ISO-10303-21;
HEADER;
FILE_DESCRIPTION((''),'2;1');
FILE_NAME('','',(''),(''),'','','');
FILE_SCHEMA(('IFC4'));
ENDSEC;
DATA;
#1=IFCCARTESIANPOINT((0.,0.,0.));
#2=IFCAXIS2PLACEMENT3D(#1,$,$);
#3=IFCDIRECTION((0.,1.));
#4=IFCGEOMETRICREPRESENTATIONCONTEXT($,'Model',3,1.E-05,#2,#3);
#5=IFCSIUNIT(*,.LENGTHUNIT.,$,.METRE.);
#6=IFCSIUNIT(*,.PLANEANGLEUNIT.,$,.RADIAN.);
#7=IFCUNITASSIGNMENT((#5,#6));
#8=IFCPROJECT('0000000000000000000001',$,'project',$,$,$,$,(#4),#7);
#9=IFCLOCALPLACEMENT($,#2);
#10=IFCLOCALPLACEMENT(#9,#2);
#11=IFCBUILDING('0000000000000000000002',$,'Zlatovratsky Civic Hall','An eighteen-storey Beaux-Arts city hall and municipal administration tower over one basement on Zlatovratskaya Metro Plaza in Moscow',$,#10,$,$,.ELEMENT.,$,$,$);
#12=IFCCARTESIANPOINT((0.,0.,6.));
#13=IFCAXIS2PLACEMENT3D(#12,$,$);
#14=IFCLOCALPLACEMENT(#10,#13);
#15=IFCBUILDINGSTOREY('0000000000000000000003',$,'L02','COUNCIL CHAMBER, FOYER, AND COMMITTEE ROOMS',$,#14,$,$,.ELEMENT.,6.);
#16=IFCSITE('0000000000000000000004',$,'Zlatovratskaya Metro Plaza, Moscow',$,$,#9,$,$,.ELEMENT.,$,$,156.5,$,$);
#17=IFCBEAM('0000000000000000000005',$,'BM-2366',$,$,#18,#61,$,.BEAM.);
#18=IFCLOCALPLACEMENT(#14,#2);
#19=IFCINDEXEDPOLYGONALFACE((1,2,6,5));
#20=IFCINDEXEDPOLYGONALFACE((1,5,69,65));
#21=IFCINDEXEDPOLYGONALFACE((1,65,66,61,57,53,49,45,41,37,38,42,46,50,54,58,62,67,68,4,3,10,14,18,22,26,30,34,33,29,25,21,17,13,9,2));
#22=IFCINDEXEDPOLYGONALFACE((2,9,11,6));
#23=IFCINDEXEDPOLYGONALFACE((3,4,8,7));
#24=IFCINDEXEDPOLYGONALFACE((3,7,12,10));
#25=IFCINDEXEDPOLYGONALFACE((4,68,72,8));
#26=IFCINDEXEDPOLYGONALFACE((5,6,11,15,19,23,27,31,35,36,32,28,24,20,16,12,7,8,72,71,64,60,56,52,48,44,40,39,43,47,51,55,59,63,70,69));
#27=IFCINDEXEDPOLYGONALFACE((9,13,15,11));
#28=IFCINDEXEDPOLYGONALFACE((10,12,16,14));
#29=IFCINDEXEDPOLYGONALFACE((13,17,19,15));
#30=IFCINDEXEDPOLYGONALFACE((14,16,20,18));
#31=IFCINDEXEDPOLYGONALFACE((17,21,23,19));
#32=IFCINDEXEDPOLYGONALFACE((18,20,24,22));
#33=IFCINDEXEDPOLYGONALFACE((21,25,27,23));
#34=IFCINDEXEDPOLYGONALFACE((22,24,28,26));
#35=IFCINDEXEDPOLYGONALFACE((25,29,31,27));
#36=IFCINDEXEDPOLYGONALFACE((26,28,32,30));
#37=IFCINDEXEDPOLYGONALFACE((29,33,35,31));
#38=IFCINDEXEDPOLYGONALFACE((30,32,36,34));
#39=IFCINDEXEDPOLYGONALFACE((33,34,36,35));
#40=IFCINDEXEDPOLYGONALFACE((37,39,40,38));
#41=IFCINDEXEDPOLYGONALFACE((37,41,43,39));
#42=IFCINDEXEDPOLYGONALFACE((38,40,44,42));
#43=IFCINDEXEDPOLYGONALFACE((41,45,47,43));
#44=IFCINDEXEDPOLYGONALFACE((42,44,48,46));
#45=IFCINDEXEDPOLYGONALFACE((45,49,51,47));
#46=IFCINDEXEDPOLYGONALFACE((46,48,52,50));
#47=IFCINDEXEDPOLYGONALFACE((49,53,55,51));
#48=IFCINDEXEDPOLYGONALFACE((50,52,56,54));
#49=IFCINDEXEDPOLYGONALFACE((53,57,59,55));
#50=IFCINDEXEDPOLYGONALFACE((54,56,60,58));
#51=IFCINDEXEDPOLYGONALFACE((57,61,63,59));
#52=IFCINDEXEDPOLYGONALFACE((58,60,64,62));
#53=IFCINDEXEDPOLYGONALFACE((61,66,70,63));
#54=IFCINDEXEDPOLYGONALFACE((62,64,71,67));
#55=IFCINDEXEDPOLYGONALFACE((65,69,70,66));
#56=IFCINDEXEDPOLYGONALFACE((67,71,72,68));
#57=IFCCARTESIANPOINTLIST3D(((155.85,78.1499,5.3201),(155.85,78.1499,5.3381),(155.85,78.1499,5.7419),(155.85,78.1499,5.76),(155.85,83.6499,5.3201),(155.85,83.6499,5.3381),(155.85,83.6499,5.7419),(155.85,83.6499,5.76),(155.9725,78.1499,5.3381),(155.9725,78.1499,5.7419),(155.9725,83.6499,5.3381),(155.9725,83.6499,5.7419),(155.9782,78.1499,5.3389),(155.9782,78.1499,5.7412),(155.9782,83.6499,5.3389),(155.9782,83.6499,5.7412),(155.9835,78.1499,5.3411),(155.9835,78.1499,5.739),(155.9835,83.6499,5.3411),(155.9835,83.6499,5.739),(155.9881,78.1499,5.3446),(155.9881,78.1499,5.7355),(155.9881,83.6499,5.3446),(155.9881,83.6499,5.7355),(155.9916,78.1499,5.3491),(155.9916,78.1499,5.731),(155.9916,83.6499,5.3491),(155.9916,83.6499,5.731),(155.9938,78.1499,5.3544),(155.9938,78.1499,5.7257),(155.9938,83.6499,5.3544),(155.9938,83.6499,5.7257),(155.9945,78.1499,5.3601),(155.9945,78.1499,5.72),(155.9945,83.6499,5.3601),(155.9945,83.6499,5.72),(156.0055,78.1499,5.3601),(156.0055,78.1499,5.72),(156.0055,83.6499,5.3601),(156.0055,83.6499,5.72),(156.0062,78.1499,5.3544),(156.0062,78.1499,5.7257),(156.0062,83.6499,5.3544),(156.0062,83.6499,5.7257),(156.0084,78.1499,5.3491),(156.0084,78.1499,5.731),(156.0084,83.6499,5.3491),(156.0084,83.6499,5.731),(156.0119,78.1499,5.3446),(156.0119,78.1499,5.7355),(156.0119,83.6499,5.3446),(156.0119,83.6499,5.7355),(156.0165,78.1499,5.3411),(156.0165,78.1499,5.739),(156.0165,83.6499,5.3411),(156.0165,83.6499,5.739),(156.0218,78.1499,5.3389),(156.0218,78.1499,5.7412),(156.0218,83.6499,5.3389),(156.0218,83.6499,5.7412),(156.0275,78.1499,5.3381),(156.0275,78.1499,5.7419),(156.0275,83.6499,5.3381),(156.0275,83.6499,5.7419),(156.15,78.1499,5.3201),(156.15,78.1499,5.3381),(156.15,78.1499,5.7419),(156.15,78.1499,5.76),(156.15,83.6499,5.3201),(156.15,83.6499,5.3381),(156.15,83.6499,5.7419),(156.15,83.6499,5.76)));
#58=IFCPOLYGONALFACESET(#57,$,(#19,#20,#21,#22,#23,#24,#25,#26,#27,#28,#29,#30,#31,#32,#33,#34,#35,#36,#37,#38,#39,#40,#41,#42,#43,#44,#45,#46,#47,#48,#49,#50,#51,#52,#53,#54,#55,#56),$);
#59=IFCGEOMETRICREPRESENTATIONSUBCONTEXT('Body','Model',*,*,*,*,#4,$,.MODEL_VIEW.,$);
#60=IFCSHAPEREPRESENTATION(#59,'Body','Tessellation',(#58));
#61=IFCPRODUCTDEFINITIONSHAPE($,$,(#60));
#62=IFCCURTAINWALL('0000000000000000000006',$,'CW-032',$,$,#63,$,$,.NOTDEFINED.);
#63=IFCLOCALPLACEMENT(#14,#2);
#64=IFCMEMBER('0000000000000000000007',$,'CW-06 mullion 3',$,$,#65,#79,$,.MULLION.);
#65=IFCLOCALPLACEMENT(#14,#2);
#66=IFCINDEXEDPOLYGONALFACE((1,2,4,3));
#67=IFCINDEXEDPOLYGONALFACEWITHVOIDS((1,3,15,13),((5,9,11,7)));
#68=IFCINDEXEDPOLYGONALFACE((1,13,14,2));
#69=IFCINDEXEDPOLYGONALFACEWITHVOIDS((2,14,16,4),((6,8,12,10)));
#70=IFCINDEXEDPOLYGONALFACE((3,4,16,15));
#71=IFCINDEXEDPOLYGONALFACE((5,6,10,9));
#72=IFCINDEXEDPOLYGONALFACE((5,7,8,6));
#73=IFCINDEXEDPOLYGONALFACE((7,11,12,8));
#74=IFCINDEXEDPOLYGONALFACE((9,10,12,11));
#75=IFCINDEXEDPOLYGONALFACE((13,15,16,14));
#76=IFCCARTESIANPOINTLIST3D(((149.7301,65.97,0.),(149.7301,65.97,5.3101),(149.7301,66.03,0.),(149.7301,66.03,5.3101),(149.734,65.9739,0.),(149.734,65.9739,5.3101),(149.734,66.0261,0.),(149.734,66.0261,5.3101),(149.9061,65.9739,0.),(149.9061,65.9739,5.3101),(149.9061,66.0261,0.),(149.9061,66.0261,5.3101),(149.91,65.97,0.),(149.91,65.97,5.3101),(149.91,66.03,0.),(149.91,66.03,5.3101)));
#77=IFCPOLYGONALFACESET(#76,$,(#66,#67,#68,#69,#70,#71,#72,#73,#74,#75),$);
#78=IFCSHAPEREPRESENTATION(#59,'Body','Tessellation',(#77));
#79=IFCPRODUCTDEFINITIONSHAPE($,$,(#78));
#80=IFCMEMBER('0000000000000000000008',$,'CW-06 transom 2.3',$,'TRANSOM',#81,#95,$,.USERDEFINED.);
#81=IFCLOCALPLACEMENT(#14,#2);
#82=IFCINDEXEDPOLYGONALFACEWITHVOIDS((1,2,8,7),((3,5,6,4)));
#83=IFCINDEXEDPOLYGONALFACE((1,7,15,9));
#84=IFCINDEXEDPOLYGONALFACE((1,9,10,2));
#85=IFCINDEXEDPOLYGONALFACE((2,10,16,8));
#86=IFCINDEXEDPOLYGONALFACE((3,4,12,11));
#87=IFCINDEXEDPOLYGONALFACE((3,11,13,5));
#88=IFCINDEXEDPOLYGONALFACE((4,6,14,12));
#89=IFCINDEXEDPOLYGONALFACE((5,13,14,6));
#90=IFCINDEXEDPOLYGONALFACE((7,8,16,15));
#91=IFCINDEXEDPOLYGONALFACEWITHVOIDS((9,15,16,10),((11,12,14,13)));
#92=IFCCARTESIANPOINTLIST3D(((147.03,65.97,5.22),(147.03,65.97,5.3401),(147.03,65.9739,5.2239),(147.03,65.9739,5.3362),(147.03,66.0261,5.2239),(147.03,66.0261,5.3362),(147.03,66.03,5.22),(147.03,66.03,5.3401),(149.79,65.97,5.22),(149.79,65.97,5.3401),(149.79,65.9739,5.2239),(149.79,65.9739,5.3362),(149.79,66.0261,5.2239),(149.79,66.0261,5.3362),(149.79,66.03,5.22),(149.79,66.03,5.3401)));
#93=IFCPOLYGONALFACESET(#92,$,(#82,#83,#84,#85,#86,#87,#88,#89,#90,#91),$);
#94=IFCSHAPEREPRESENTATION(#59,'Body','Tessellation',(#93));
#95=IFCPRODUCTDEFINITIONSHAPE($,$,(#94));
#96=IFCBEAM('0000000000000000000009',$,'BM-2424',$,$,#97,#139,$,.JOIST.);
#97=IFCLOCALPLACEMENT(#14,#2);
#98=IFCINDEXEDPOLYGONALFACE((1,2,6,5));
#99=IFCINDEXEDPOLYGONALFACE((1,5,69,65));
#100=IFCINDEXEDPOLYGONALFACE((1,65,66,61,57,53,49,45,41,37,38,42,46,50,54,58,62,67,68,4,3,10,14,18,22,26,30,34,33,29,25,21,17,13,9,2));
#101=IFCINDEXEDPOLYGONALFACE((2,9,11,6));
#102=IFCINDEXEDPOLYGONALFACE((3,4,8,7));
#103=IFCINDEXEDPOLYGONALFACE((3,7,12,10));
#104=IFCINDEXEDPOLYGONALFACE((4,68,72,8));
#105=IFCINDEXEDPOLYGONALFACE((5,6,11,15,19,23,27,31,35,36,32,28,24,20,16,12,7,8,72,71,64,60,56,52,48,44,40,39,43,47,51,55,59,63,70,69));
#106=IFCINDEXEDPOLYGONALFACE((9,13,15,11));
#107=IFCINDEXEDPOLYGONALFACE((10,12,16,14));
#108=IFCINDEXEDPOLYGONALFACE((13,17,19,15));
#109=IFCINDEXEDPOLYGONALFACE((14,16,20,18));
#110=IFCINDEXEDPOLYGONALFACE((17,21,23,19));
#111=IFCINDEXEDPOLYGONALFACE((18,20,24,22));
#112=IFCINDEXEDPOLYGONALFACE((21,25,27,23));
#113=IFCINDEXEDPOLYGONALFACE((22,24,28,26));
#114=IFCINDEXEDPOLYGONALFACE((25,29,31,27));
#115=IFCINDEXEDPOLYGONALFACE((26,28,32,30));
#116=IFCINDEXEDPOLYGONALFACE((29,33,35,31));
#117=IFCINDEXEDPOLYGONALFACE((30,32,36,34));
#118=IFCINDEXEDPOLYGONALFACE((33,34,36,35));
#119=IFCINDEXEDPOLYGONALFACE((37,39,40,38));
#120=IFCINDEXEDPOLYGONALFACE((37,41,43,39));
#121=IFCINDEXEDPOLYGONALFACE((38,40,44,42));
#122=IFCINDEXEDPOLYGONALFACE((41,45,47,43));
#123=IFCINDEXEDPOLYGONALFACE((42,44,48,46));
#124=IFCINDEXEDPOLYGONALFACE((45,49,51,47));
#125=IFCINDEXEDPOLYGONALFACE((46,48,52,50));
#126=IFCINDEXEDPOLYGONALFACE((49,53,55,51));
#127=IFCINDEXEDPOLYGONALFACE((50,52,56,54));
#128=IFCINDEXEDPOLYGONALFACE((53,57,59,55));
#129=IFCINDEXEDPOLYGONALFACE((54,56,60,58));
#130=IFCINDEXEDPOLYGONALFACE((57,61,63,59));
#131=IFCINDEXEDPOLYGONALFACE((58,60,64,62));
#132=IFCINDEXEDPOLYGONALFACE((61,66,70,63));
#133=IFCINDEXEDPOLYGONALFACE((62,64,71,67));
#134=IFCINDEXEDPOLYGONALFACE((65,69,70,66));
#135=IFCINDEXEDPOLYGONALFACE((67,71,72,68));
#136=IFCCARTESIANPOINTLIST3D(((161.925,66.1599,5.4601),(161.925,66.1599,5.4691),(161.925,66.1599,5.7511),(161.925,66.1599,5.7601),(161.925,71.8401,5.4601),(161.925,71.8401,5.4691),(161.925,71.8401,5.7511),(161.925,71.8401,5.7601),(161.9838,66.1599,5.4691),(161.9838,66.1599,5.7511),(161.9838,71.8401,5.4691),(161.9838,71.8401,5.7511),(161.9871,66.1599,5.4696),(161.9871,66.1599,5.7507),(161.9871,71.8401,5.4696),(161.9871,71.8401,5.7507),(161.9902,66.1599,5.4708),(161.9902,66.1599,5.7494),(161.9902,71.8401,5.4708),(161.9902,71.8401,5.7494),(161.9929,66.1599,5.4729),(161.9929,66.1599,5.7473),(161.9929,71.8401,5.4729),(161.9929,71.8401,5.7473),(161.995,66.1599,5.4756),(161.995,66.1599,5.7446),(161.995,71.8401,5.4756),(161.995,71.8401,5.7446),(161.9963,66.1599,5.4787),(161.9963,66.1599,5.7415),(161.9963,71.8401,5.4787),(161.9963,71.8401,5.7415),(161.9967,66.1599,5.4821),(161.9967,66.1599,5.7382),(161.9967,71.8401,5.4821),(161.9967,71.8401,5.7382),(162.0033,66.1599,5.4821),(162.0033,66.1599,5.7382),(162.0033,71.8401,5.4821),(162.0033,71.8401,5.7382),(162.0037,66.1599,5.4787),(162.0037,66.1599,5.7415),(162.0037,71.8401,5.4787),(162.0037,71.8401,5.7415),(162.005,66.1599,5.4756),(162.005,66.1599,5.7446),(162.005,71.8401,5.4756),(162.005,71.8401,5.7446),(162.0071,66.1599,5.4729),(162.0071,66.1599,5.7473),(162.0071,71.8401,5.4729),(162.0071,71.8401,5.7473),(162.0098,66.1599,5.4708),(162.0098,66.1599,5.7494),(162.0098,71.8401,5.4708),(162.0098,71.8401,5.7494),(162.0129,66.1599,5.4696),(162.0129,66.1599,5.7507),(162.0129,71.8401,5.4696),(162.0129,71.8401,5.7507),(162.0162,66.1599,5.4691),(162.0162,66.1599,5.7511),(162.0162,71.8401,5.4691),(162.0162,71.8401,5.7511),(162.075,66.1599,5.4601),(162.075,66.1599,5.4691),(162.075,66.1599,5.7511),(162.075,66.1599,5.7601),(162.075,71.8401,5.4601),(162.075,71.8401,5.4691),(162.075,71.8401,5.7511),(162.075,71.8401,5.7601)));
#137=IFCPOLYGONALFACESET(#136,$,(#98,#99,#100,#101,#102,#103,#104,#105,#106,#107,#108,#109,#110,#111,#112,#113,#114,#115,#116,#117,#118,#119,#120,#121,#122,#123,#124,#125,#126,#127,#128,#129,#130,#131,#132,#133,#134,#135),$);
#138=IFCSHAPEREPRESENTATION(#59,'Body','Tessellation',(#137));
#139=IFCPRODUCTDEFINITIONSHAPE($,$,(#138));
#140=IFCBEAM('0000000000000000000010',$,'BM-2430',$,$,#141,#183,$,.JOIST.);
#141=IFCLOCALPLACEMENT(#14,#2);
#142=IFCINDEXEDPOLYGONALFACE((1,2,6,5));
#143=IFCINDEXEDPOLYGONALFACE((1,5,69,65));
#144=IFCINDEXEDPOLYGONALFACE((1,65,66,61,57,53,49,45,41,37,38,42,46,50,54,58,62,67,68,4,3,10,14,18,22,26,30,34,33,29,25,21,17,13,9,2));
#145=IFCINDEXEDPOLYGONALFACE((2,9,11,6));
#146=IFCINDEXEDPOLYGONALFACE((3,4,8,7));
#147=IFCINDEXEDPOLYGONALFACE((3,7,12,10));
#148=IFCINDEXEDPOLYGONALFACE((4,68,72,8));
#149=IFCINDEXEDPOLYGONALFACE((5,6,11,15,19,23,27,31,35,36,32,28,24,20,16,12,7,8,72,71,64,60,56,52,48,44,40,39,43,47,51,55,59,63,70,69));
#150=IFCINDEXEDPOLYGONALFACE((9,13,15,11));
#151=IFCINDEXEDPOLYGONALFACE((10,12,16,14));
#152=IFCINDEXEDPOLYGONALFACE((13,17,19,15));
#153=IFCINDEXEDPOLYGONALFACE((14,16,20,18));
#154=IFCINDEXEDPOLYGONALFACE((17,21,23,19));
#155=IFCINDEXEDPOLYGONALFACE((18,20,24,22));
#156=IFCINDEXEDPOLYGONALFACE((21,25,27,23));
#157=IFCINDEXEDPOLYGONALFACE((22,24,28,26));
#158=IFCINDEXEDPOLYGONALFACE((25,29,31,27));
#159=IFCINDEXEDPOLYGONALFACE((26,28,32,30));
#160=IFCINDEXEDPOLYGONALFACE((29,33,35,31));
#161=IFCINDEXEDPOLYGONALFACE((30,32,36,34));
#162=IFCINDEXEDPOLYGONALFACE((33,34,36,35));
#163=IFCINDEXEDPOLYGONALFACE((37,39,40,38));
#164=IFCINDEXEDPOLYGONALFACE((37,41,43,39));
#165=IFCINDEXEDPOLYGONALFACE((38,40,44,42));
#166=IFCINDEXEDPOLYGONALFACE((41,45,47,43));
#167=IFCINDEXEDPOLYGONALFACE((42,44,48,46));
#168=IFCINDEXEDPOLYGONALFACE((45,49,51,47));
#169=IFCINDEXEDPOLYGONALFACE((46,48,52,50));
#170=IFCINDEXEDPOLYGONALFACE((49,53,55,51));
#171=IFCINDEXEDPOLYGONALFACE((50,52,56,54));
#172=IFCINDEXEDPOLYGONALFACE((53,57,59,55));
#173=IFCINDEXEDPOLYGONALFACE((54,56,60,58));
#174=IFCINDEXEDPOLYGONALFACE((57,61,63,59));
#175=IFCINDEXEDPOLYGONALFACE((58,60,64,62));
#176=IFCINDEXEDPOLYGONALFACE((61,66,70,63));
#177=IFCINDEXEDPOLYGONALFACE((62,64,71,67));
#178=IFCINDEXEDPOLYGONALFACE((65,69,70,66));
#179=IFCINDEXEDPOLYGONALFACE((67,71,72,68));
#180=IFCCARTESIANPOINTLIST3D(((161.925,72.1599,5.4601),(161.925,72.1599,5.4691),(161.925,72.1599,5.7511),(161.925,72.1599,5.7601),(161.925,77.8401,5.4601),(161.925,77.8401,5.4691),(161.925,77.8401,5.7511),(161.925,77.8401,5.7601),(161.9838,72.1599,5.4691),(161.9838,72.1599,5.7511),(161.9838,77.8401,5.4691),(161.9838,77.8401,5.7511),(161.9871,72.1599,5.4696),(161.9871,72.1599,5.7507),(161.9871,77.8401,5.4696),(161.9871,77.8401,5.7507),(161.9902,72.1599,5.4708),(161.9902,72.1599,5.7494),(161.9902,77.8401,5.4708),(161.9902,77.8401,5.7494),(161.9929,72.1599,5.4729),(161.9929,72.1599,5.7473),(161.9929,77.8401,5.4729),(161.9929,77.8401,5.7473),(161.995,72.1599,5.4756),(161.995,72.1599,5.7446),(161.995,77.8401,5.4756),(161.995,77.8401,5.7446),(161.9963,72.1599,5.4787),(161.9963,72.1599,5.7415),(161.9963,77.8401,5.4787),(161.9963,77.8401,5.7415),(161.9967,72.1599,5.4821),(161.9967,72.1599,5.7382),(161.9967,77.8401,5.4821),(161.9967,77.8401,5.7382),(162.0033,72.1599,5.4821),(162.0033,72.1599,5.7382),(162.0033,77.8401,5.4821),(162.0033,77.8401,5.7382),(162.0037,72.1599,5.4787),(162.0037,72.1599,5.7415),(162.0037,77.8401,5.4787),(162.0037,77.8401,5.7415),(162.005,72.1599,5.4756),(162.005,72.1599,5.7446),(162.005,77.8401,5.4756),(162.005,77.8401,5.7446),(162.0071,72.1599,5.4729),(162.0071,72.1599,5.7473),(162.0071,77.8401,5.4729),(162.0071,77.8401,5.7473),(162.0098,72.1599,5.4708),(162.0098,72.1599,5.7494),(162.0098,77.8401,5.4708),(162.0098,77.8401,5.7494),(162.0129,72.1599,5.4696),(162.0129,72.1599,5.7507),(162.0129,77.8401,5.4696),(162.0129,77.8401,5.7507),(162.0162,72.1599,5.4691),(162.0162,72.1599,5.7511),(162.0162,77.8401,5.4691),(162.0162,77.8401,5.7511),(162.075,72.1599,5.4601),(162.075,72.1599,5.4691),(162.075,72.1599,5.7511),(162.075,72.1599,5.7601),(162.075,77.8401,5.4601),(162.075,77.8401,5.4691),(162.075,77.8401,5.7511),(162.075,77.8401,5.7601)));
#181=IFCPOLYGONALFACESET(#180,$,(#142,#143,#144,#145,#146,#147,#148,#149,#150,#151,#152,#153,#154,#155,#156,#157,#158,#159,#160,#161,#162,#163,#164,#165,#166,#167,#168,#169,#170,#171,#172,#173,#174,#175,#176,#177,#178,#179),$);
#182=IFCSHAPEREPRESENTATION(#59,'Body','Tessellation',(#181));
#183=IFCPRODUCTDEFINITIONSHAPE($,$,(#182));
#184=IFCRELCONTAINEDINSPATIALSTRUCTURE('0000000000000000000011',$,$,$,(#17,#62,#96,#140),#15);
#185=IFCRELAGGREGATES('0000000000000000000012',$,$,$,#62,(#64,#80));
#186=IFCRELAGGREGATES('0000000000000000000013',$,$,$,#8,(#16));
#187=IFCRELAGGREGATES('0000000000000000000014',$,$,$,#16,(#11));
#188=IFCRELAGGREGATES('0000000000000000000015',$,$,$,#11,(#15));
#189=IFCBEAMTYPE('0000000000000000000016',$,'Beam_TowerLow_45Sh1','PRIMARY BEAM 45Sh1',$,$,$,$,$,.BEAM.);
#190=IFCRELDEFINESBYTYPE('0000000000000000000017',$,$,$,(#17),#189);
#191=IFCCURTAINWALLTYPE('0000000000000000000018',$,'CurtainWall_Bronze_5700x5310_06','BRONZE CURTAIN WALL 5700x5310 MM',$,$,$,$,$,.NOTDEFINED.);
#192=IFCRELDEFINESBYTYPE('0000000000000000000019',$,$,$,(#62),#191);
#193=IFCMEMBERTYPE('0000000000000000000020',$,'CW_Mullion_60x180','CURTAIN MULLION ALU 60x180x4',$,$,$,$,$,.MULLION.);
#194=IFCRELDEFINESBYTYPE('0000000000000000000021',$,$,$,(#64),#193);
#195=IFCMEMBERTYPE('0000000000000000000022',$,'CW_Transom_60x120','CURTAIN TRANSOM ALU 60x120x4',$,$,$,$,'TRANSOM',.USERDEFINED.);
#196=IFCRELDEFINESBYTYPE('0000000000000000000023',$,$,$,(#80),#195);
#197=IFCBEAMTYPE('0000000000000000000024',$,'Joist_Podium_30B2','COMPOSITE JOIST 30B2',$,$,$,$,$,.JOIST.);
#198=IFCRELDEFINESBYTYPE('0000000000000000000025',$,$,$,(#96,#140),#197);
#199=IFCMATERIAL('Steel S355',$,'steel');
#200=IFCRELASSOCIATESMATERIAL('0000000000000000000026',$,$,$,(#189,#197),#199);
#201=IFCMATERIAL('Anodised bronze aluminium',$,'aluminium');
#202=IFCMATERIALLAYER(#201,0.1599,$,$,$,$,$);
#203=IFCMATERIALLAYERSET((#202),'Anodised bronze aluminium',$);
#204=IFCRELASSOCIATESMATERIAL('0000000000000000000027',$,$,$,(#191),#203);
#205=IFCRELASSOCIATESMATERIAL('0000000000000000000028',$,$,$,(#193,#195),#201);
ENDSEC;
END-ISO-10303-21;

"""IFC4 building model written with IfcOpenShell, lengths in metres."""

from ifc_helpers import new_model, si_unit, direction, frame, origin, origin_2d, place, context, subcontext, project, spatial, hollow_rectangle, i_section, extrude, material, layer, layer_set, material_profile, profile_set, type_object, element, aggregate, save


model = new_model("IFC4")

# Units and contexts
model_context = context("Model", 3, precision=1e-05, world=origin(), true_north=direction((0.0, 1.0)))
body_context = subcontext(model_context, "Body", "Model", "MODEL_VIEW")
ifc_project = project(units=[si_unit("LENGTHUNIT", "METRE"), si_unit("PLANEANGLEUNIT", "RADIAN")], contexts=[model_context])

# Site, building, storey
site_placement = place(None, origin())
site = spatial("IfcSite", under=ifc_project, at=site_placement, Name="Zlatovratskaya Metro Plaza, Moscow", CompositionType="ELEMENT", RefElevation=156.5)
building_placement = place(site_placement, origin())
building = spatial("IfcBuilding", under=site, at=building_placement, Name="Zlatovratsky Civic Hall", Description="An eighteen-storey Beaux-Arts city hall and municipal administration tower over one basement on Zlatovratskaya Metro Plaza in Moscow", CompositionType="ELEMENT")
storey_placement = place(building_placement, frame((0.0, 0.0, 6.0)))
storey = spatial("IfcBuildingStorey", under=building, at=storey_placement, Name="L02", Description="COUNCIL CHAMBER, FOYER, AND COMMITTEE ROOMS", CompositionType="ELEMENT", Elevation=6.0)

# Shared definitions
ifc_material_1 = material(Name="Steel S355", Category="steel")

# Beam
ifc_material_profile_1 = material_profile(ifc_material_1, i_section(OverallWidth=0.3, OverallDepth=0.4399, WebThickness=0.011, FlangeThickness=0.0181, FilletRadius=0.022, at=origin_2d()), Name="45Sh1")
ifc_profile_set_1 = profile_set([ifc_material_profile_1], Name="Steel S355")
beam_type_1 = type_object("IfcBeamType", Name="Beam_TowerLow_45Sh1", Description="PRIMARY BEAM 45Sh1", PredefinedType="BEAM", material=ifc_profile_set_1)
beam_1_placement = place(storey_placement, frame((156.0, 78.1499, 5.54), z_axis=(0.0, 1.0, 0.0), x_axis=(-1.0, 0.0, 0.0)))
element("IfcBeam", 1, at=beam_1_placement, inside=storey, type_object=beam_type_1, Name="BM-2366", PredefinedType="BEAM", context=body_context, shape_type="SweptSolid", body=[
    extrude(i_section(OverallWidth=0.3, OverallDepth=0.4399, WebThickness=0.011, FlangeThickness=0.0181, FilletRadius=0.022, at=origin_2d()), origin(), (0.0, 0.0, 1.0), 5.5),
])

# Curtain wall, members
ifc_material_2 = material(Name="Anodised bronze aluminium", Category="aluminium")
ifc_layer_1 = layer(ifc_material_2, 0.1599)
ifc_layer_set_1 = layer_set([ifc_layer_1], Name="Anodised bronze aluminium")
curtain_wall_type = type_object("IfcCurtainWallType", Name="CurtainWall_Bronze_5700x5310_06", Description="BRONZE CURTAIN WALL 5700x5310 MM", PredefinedType="NOTDEFINED", material=ifc_layer_set_1)
curtain_wall_placement = place(storey_placement, origin())
curtain_wall = element("IfcCurtainWall", 2, at=curtain_wall_placement, inside=storey, type_object=curtain_wall_type, Name="CW-032", PredefinedType="NOTDEFINED")
ifc_material_profile_2 = material_profile(ifc_material_2, hollow_rectangle(XDim=0.0601, YDim=0.1799, WallThickness=0.0039, at=origin_2d()), Name="ALU 60x180x4")
ifc_profile_set_2 = profile_set([ifc_material_profile_2], Name="Anodised bronze aluminium")
member_type_1 = type_object("IfcMemberType", Name="CW_Mullion_60x180", Description="CURTAIN MULLION ALU 60x180x4", PredefinedType="MULLION", material=ifc_profile_set_2)
member_1_placement = place(storey_placement, frame((149.8201, 66.0, 0.0), z_axis=(0.0, 0.0, 1.0), x_axis=(0.0, 1.0, 0.0)))
member_1 = element("IfcMember", 3, at=member_1_placement, type_object=member_type_1, Name="CW-06 mullion 3", PredefinedType="MULLION", context=body_context, shape_type="SweptSolid", body=[
    extrude(hollow_rectangle(XDim=0.0601, YDim=0.1799, WallThickness=0.0039, at=origin_2d()), origin(), (0.0, 0.0, 1.0), 5.3101),
])
ifc_material_profile_3 = material_profile(ifc_material_2, hollow_rectangle(XDim=0.0601, YDim=0.1201, WallThickness=0.0039, at=origin_2d()), Name="ALU 60x120x4")
ifc_profile_set_3 = profile_set([ifc_material_profile_3], Name="Anodised bronze aluminium")
member_type_2 = type_object("IfcMemberType", Name="CW_Transom_60x120", Description="CURTAIN TRANSOM ALU 60x120x4", ElementType="TRANSOM", PredefinedType="USERDEFINED", material=ifc_profile_set_3)
member_2_placement = place(storey_placement, frame((147.03, 66.0, 5.28), z_axis=(1.0, 0.0, 0.0), x_axis=(0.0, 1.0, 0.0)))
member_2 = element("IfcMember", 4, at=member_2_placement, type_object=member_type_2, Name="CW-06 transom 2.3", ObjectType="TRANSOM", PredefinedType="USERDEFINED", context=body_context, shape_type="SweptSolid", body=[
    extrude(hollow_rectangle(XDim=0.0601, YDim=0.1201, WallThickness=0.0039, at=origin_2d()), origin(), (0.0, 0.0, 1.0), 2.76),
])

# Beams
ifc_material_profile_4 = material_profile(ifc_material_1, i_section(OverallWidth=0.1499, OverallDepth=0.3, WebThickness=0.0066, FlangeThickness=0.009, FilletRadius=0.0129, at=origin_2d()), Name="30B2")
ifc_profile_set_4 = profile_set([ifc_material_profile_4], Name="Steel S355")
beam_type_2 = type_object("IfcBeamType", Name="Joist_Podium_30B2", Description="COMPOSITE JOIST 30B2", PredefinedType="JOIST", material=ifc_profile_set_4)
for number, where, z_axis, x_axis, name in (
    (5, (162.0, 66.1599, 5.6101), (0.0, 1.0, 0.0), (-1.0, 0.0, 0.0), "BM-2424"),
    (6, (162.0, 72.1599, 5.6101), (0.0, 1.0, 0.0), (-1.0, 0.0, 0.0), "BM-2430"),
):
    element("IfcBeam", number, at=place(storey_placement, frame(where, z_axis=z_axis, x_axis=x_axis)), inside=storey, type_object=beam_type_2, Name=name, PredefinedType="JOIST", context=body_context, shape_type="SweptSolid", body=[
        extrude(i_section(OverallWidth=0.1499, OverallDepth=0.3, WebThickness=0.0066, FlangeThickness=0.009, FilletRadius=0.0129, at=origin_2d()), origin(), (0.0, 0.0, 1.0), 5.6802),
    ])

aggregate(curtain_wall, [member_1, member_2])

save(model, "model.ifc")
